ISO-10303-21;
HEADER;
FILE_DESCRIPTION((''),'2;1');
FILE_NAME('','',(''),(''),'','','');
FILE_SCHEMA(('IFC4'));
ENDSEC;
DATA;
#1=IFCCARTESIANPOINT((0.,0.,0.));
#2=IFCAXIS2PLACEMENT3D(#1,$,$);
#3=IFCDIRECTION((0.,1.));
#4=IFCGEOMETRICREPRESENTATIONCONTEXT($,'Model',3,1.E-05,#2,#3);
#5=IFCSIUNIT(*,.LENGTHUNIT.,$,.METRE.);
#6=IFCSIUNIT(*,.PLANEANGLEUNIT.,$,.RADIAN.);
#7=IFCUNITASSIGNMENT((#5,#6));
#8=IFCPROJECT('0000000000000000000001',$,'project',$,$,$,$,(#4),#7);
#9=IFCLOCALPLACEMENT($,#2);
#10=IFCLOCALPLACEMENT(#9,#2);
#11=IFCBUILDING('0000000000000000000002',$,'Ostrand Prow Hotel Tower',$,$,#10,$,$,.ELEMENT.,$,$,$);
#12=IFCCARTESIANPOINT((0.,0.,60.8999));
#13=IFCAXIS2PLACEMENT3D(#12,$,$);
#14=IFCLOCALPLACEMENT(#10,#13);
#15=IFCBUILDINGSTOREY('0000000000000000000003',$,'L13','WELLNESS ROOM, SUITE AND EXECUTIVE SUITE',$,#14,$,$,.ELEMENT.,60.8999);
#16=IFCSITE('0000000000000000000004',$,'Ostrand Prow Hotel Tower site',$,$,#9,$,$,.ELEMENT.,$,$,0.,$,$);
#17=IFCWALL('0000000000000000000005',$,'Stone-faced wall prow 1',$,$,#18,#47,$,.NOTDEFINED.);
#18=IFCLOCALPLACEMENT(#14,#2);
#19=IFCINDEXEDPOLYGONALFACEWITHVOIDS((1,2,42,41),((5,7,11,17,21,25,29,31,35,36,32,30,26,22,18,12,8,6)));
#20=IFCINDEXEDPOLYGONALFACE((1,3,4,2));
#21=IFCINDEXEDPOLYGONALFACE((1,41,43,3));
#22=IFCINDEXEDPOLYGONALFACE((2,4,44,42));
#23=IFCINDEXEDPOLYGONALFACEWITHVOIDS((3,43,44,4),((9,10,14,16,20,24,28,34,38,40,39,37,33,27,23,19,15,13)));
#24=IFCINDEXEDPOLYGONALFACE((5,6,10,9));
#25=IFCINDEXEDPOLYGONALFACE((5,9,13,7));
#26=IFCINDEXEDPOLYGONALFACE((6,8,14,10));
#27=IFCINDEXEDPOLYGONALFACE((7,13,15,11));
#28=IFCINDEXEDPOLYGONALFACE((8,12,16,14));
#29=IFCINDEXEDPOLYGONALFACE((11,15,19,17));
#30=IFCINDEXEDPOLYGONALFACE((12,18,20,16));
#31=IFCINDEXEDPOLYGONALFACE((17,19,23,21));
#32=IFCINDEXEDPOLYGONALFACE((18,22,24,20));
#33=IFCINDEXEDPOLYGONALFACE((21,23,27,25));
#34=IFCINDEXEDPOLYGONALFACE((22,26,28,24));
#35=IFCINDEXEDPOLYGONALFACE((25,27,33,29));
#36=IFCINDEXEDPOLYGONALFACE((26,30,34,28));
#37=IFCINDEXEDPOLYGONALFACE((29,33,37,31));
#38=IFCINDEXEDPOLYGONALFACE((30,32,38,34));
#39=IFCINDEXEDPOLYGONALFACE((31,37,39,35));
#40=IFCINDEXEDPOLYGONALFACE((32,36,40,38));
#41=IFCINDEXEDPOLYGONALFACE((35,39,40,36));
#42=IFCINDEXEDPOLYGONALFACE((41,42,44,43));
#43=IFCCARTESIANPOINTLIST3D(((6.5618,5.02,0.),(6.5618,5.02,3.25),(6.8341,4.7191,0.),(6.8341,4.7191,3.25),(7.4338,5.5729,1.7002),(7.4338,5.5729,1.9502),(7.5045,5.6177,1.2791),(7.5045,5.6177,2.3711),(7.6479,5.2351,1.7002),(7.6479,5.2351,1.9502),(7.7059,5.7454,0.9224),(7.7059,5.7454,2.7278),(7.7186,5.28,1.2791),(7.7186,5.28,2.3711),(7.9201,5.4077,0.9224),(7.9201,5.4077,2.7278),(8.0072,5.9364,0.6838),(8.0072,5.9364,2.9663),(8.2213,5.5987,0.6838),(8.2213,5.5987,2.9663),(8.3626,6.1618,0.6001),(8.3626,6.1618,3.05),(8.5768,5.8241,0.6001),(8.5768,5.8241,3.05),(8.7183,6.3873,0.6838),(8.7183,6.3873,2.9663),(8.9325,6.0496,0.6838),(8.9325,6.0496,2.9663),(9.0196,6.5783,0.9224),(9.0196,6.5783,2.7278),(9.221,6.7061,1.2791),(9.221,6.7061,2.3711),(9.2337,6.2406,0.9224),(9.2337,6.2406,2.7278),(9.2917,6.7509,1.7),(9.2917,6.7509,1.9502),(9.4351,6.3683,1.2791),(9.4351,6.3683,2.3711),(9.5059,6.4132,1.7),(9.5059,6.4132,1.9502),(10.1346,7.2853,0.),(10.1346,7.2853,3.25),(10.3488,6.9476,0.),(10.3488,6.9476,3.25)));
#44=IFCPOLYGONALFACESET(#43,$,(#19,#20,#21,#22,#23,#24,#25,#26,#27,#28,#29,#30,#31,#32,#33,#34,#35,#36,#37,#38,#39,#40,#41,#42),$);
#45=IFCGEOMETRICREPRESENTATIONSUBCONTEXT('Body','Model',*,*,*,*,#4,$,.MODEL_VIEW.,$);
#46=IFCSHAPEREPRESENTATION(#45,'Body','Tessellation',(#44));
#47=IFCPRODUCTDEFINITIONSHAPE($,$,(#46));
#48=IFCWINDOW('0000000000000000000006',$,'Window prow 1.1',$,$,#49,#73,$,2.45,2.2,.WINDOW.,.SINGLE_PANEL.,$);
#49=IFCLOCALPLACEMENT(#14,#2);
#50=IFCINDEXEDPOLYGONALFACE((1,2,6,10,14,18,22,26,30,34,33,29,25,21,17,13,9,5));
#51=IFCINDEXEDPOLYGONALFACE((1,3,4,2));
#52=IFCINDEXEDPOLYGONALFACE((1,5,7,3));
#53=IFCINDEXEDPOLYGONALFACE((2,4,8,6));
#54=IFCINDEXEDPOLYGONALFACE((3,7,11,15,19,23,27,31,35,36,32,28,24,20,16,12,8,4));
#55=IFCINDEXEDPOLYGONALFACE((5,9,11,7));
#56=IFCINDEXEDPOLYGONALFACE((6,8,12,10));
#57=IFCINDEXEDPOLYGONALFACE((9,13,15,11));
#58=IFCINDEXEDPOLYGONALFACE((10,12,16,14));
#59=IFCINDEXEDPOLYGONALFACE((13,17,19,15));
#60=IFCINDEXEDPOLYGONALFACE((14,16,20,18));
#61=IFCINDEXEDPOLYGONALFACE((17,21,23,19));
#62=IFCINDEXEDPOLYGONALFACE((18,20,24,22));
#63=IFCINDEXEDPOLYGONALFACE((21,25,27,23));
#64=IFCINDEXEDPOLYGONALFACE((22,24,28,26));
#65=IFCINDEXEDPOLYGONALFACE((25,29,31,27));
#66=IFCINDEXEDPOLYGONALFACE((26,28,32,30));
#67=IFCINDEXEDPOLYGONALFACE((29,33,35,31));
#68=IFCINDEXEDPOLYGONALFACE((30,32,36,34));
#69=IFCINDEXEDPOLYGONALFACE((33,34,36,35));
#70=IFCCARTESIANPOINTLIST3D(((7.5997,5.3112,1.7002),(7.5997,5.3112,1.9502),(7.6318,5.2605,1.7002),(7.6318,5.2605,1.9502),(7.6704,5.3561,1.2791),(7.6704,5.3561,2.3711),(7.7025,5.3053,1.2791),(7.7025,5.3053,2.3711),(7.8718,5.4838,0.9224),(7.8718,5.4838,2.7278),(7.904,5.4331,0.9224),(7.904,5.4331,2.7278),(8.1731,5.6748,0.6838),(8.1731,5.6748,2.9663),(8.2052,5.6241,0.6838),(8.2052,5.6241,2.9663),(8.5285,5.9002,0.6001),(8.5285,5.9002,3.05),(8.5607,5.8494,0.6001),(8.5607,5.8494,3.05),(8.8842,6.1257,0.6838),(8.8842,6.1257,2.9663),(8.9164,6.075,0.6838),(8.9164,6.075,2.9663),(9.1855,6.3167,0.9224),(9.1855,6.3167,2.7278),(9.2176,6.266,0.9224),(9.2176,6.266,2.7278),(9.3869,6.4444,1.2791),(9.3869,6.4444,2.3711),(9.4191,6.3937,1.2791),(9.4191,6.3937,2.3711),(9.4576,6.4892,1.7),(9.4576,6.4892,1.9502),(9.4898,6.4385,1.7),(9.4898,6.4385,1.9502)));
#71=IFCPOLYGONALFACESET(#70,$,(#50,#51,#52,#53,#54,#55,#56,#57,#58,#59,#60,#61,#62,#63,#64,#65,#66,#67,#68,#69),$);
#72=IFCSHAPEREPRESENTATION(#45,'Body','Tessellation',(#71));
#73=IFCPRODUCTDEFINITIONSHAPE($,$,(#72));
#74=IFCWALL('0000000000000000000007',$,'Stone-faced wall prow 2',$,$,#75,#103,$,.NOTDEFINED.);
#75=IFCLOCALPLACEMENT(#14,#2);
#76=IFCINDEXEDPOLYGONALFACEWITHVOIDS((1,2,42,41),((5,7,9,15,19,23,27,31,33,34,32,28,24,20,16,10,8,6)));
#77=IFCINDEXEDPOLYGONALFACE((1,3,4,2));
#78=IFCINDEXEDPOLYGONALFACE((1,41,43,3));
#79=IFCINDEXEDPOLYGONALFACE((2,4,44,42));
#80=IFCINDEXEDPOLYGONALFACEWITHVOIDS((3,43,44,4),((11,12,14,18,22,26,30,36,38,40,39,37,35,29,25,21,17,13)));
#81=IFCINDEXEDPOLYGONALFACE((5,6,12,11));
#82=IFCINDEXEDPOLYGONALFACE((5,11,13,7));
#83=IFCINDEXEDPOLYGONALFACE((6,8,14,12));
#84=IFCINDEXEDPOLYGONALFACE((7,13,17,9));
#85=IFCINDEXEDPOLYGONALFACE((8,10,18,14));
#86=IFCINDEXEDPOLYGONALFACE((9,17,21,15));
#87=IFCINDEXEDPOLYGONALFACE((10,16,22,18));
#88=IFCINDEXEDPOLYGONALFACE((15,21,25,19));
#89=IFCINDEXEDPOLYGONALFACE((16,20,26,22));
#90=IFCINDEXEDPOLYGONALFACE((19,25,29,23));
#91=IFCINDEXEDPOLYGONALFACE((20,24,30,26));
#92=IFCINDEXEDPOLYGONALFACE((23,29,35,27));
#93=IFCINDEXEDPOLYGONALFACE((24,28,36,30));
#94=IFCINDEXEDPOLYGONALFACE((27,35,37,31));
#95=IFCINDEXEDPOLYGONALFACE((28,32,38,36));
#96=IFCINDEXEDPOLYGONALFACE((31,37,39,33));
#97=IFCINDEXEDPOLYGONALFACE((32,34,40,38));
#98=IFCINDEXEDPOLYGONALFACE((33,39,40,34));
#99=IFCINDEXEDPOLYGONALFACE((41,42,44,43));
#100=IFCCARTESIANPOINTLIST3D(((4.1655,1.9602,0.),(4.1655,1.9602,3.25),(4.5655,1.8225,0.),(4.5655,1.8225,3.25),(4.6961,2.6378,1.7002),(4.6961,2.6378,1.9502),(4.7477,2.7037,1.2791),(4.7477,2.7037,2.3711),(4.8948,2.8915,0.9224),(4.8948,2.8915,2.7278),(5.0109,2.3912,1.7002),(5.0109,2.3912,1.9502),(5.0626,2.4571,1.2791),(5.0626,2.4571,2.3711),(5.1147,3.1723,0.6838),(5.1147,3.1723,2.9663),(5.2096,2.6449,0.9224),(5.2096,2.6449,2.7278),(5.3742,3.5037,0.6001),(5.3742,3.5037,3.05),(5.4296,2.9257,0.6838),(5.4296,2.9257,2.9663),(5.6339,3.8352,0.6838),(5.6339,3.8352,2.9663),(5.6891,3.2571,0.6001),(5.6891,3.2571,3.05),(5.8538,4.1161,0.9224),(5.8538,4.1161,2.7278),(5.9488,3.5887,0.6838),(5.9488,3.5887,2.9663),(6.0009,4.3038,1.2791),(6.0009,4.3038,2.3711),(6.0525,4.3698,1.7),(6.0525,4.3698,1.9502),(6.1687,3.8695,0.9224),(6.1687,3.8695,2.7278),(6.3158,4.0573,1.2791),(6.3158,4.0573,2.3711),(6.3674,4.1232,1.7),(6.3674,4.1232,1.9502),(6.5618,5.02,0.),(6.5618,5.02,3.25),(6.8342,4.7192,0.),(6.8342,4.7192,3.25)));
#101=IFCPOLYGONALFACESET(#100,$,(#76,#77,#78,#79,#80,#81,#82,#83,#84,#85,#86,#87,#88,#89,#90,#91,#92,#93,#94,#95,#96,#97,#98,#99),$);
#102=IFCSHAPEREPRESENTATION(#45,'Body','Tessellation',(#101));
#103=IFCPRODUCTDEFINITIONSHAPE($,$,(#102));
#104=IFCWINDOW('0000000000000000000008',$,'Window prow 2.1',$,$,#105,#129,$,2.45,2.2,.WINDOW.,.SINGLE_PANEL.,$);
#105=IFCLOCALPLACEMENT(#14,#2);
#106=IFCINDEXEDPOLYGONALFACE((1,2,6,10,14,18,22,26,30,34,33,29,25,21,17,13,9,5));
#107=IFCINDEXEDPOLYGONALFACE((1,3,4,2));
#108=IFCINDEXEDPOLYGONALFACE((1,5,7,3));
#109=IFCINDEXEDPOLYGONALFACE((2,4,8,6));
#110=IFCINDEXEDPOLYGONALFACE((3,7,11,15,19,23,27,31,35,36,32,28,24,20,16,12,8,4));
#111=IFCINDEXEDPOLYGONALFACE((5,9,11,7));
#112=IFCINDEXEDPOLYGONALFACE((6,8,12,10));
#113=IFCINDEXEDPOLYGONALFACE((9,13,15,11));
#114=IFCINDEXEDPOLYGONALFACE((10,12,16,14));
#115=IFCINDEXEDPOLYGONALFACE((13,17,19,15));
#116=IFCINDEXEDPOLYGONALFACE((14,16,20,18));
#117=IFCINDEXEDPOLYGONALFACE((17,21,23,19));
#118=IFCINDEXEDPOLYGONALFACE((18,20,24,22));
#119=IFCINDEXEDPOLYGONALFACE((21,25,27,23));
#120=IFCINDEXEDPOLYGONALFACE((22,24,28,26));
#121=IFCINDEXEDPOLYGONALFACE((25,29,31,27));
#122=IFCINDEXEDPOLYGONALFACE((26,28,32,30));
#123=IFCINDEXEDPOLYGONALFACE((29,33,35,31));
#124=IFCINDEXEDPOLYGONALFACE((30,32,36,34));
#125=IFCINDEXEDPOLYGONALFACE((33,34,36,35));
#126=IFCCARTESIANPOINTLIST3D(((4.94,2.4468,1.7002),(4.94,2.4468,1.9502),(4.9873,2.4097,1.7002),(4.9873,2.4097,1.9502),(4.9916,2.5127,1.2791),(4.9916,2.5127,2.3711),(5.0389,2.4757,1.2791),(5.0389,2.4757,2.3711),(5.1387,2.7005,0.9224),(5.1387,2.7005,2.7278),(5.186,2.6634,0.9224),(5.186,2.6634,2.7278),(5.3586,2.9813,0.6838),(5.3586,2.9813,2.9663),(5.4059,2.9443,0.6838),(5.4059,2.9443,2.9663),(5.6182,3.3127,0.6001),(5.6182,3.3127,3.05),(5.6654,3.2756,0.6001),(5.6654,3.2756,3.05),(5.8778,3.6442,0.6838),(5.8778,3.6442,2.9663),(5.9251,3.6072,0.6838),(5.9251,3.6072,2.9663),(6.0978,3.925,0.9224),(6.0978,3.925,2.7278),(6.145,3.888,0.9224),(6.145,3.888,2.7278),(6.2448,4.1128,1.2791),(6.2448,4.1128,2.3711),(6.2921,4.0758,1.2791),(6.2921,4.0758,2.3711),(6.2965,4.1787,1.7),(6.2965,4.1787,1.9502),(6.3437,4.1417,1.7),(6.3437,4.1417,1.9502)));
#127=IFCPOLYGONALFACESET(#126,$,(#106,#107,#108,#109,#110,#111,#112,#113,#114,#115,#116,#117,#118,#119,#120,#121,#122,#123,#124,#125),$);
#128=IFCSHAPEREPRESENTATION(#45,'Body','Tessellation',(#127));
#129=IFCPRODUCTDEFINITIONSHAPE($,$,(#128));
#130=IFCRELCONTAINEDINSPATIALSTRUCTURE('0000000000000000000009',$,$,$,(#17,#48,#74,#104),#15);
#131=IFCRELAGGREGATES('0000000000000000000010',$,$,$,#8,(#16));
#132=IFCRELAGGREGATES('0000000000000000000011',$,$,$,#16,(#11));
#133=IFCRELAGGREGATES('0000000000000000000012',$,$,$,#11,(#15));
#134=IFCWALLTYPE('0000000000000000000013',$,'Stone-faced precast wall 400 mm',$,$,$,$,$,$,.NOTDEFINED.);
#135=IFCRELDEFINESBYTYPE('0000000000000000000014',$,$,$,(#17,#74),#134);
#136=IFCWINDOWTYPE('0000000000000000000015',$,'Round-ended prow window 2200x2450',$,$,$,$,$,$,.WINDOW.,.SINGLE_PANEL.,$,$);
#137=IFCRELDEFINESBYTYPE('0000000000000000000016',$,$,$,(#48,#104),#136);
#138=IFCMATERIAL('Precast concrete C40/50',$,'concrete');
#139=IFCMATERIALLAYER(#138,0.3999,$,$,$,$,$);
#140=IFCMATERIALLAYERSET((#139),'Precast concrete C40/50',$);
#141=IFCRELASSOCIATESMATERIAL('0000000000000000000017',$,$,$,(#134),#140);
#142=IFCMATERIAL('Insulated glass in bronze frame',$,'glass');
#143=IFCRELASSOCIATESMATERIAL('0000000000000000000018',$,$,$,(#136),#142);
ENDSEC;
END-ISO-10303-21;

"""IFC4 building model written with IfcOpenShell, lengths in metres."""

from ifc_helpers import new_model, si_unit, direction, frame, origin, place, context, subcontext, project, spatial, polyline, outline, extrude, material, layer, layer_set, type_object, element, fill, save


model = new_model("IFC4")

# Units and contexts
model_context = context("Model", 3, precision=1e-05, world=origin(), true_north=direction((0.0, 1.0)))
body_context = subcontext(model_context, "Body", "Model", "MODEL_VIEW")
ifc_project = project(units=[si_unit("LENGTHUNIT", "METRE"), si_unit("PLANEANGLEUNIT", "RADIAN")], contexts=[model_context])

# Site, building, storey
site_placement = place(None, origin())
site = spatial("IfcSite", under=ifc_project, at=site_placement, Name="Ostrand Prow Hotel Tower site", CompositionType="ELEMENT", RefElevation=0.0)
building_placement = place(site_placement, origin())
building = spatial("IfcBuilding", under=site, at=building_placement, Name="Ostrand Prow Hotel Tower", CompositionType="ELEMENT")
storey_placement = place(building_placement, frame((0.0, 0.0, 60.8999)))
storey = spatial("IfcBuildingStorey", under=building, at=storey_placement, Name="L13", Description="WELLNESS ROOM, SUITE AND EXECUTIVE SUITE", CompositionType="ELEMENT", Elevation=60.8999)

# Walls, openings, windows
ifc_material_1 = material(Name="Precast concrete C40/50", Category="concrete")
ifc_layer_1 = layer(ifc_material_1, 0.3999)
ifc_layer_set_1 = layer_set([ifc_layer_1], Name="Precast concrete C40/50")
wall_type_1 = type_object("IfcWallType", Name="Stone-faced precast wall 400 mm", PredefinedType="NOTDEFINED", material=ifc_layer_set_1)
wall_1_placement = place(storey_placement, frame((10.2417, 7.1165, 0.0), z_axis=(0.0, 0.0, 1.0), x_axis=(-0.844552, -0.535474, 0.0)))
wall_1 = element("IfcWall", 1, at=wall_1_placement, inside=storey, type_object=wall_type_1, Name="Stone-faced wall prow 1", PredefinedType="NOTDEFINED", context=body_context, shape_type="SweptSolid", body=[
    extrude(outline(polyline([(0.0, -0.2), (4.2305, -0.2), (4.1616, 0.2), (0.0, 0.2), (0.0, -0.2)])), origin(), (0.0, 0.0, 1.0), 3.25),
])
opening_1_placement = place(wall_1_placement, frame((0.998, 0.0, 0.6001)))
opening_1 = element("IfcOpeningElement", 2, at=opening_1_placement, cuts=wall_1, PredefinedType="OPENING", context=body_context, shape_type="SweptSolid", body=[
    extrude(outline(polyline([(0.0, 1.3501), (0.0837, 1.771), (0.3223, 2.1277), (0.679, 2.3662), (1.1001, 2.45), (1.521, 2.3662), (1.8777, 2.1277), (2.1162, 1.771), (2.2, 1.3501), (2.2, 1.1001), (2.1162, 0.679), (1.8777, 0.3223), (1.521, 0.0837), (1.1001, 0.0), (0.679, 0.0837), (0.3223, 0.3223), (0.0837, 0.679), (0.0, 1.0999), (0.0, 1.3501)])), frame((0.0, 0.21, 0.0), z_axis=(0.0, -1.0, 0.0), x_axis=(1.0, 0.0, 0.0)), (0.0, 0.0, 1.0), 0.4199),
])
ifc_material_2 = material(Name="Insulated glass in bronze frame", Category="glass")
window_type = type_object("IfcWindowType", Name="Round-ended prow window 2200x2450", PartitioningType="SINGLE_PANEL", PredefinedType="WINDOW", material=ifc_material_2)
window_1_placement = place(opening_1_placement, origin())
window_1 = element("IfcWindow", 3, at=window_1_placement, inside=storey, type_object=window_type, Name="Window prow 1.1", OverallHeight=2.45, OverallWidth=2.2, PartitioningType="SINGLE_PANEL", PredefinedType="WINDOW", context=body_context, shape_type="SweptSolid", body=[
    extrude(outline(polyline([(0.0, 1.3501), (0.0837, 1.771), (0.3223, 2.1277), (0.679, 2.3662), (1.1001, 2.45), (1.521, 2.3662), (1.8777, 2.1277), (2.1162, 1.771), (2.2, 1.3501), (2.2, 1.1001), (2.1162, 0.679), (1.8777, 0.3223), (1.521, 0.0837), (1.1001, 0.0), (0.679, 0.0837), (0.3223, 0.3223), (0.0837, 0.679), (0.0, 1.0999), (0.0, 1.3501)])), frame((0.0, 0.1699, 0.0), z_axis=(0.0, -1.0, 0.0), x_axis=(1.0, 0.0, 0.0)), (0.0, 0.0, 1.0), 0.0601),
])
fill(opening_1, window_1)
wall_2_placement = place(storey_placement, frame((6.698, 4.8696, 0.0), z_axis=(0.0, 0.0, 1.0), x_axis=(-0.616587, -0.787287, 0.0)))
wall_2 = element("IfcWall", 4, at=wall_2_placement, inside=storey, type_object=wall_type_1, Name="Stone-faced wall prow 2", PredefinedType="NOTDEFINED", context=body_context, shape_type="SweptSolid", body=[
    extrude(outline(polyline([(-0.0344, -0.2), (3.8521, -0.2), (3.7139, 0.2), (0.0344, 0.2), (-0.0344, -0.2)])), origin(), (0.0, 0.0, 1.0), 3.25),
])
opening_2_placement = place(wall_2_placement, frame((0.7915, 0.0, 0.6001)))
opening_2 = element("IfcOpeningElement", 5, at=opening_2_placement, cuts=wall_2, PredefinedType="OPENING", context=body_context, shape_type="SweptSolid", body=[
    extrude(outline(polyline([(0.0, 1.3501), (0.0837, 1.771), (0.3223, 2.1277), (0.679, 2.3662), (1.1001, 2.45), (1.521, 2.3662), (1.8777, 2.1277), (2.1162, 1.771), (2.2, 1.3501), (2.2, 1.1001), (2.1162, 0.679), (1.8777, 0.3223), (1.521, 0.0837), (1.1001, 0.0), (0.679, 0.0837), (0.3223, 0.3223), (0.0837, 0.679), (0.0, 1.0999), (0.0, 1.3501)])), frame((0.0, 0.21, 0.0), z_axis=(0.0, -1.0, 0.0), x_axis=(1.0, 0.0, 0.0)), (0.0, 0.0, 1.0), 0.4199),
])
window_2_placement = place(opening_2_placement, origin())
window_2 = element("IfcWindow", 6, at=window_2_placement, inside=storey, type_object=window_type, Name="Window prow 2.1", OverallHeight=2.45, OverallWidth=2.2, PartitioningType="SINGLE_PANEL", PredefinedType="WINDOW", context=body_context, shape_type="SweptSolid", body=[
    extrude(outline(polyline([(0.0, 1.3501), (0.0837, 1.771), (0.3223, 2.1277), (0.679, 2.3662), (1.1001, 2.45), (1.521, 2.3662), (1.8777, 2.1277), (2.1162, 1.771), (2.2, 1.3501), (2.2, 1.1001), (2.1162, 0.679), (1.8777, 0.3223), (1.521, 0.0837), (1.1001, 0.0), (0.679, 0.0837), (0.3223, 0.3223), (0.0837, 0.679), (0.0, 1.0999), (0.0, 1.3501)])), frame((0.0, 0.1699, 0.0), z_axis=(0.0, -1.0, 0.0), x_axis=(1.0, 0.0, 0.0)), (0.0, 0.0, 1.0), 0.0601),
])
fill(opening_2, window_2)

save(model, "model.ifc")
